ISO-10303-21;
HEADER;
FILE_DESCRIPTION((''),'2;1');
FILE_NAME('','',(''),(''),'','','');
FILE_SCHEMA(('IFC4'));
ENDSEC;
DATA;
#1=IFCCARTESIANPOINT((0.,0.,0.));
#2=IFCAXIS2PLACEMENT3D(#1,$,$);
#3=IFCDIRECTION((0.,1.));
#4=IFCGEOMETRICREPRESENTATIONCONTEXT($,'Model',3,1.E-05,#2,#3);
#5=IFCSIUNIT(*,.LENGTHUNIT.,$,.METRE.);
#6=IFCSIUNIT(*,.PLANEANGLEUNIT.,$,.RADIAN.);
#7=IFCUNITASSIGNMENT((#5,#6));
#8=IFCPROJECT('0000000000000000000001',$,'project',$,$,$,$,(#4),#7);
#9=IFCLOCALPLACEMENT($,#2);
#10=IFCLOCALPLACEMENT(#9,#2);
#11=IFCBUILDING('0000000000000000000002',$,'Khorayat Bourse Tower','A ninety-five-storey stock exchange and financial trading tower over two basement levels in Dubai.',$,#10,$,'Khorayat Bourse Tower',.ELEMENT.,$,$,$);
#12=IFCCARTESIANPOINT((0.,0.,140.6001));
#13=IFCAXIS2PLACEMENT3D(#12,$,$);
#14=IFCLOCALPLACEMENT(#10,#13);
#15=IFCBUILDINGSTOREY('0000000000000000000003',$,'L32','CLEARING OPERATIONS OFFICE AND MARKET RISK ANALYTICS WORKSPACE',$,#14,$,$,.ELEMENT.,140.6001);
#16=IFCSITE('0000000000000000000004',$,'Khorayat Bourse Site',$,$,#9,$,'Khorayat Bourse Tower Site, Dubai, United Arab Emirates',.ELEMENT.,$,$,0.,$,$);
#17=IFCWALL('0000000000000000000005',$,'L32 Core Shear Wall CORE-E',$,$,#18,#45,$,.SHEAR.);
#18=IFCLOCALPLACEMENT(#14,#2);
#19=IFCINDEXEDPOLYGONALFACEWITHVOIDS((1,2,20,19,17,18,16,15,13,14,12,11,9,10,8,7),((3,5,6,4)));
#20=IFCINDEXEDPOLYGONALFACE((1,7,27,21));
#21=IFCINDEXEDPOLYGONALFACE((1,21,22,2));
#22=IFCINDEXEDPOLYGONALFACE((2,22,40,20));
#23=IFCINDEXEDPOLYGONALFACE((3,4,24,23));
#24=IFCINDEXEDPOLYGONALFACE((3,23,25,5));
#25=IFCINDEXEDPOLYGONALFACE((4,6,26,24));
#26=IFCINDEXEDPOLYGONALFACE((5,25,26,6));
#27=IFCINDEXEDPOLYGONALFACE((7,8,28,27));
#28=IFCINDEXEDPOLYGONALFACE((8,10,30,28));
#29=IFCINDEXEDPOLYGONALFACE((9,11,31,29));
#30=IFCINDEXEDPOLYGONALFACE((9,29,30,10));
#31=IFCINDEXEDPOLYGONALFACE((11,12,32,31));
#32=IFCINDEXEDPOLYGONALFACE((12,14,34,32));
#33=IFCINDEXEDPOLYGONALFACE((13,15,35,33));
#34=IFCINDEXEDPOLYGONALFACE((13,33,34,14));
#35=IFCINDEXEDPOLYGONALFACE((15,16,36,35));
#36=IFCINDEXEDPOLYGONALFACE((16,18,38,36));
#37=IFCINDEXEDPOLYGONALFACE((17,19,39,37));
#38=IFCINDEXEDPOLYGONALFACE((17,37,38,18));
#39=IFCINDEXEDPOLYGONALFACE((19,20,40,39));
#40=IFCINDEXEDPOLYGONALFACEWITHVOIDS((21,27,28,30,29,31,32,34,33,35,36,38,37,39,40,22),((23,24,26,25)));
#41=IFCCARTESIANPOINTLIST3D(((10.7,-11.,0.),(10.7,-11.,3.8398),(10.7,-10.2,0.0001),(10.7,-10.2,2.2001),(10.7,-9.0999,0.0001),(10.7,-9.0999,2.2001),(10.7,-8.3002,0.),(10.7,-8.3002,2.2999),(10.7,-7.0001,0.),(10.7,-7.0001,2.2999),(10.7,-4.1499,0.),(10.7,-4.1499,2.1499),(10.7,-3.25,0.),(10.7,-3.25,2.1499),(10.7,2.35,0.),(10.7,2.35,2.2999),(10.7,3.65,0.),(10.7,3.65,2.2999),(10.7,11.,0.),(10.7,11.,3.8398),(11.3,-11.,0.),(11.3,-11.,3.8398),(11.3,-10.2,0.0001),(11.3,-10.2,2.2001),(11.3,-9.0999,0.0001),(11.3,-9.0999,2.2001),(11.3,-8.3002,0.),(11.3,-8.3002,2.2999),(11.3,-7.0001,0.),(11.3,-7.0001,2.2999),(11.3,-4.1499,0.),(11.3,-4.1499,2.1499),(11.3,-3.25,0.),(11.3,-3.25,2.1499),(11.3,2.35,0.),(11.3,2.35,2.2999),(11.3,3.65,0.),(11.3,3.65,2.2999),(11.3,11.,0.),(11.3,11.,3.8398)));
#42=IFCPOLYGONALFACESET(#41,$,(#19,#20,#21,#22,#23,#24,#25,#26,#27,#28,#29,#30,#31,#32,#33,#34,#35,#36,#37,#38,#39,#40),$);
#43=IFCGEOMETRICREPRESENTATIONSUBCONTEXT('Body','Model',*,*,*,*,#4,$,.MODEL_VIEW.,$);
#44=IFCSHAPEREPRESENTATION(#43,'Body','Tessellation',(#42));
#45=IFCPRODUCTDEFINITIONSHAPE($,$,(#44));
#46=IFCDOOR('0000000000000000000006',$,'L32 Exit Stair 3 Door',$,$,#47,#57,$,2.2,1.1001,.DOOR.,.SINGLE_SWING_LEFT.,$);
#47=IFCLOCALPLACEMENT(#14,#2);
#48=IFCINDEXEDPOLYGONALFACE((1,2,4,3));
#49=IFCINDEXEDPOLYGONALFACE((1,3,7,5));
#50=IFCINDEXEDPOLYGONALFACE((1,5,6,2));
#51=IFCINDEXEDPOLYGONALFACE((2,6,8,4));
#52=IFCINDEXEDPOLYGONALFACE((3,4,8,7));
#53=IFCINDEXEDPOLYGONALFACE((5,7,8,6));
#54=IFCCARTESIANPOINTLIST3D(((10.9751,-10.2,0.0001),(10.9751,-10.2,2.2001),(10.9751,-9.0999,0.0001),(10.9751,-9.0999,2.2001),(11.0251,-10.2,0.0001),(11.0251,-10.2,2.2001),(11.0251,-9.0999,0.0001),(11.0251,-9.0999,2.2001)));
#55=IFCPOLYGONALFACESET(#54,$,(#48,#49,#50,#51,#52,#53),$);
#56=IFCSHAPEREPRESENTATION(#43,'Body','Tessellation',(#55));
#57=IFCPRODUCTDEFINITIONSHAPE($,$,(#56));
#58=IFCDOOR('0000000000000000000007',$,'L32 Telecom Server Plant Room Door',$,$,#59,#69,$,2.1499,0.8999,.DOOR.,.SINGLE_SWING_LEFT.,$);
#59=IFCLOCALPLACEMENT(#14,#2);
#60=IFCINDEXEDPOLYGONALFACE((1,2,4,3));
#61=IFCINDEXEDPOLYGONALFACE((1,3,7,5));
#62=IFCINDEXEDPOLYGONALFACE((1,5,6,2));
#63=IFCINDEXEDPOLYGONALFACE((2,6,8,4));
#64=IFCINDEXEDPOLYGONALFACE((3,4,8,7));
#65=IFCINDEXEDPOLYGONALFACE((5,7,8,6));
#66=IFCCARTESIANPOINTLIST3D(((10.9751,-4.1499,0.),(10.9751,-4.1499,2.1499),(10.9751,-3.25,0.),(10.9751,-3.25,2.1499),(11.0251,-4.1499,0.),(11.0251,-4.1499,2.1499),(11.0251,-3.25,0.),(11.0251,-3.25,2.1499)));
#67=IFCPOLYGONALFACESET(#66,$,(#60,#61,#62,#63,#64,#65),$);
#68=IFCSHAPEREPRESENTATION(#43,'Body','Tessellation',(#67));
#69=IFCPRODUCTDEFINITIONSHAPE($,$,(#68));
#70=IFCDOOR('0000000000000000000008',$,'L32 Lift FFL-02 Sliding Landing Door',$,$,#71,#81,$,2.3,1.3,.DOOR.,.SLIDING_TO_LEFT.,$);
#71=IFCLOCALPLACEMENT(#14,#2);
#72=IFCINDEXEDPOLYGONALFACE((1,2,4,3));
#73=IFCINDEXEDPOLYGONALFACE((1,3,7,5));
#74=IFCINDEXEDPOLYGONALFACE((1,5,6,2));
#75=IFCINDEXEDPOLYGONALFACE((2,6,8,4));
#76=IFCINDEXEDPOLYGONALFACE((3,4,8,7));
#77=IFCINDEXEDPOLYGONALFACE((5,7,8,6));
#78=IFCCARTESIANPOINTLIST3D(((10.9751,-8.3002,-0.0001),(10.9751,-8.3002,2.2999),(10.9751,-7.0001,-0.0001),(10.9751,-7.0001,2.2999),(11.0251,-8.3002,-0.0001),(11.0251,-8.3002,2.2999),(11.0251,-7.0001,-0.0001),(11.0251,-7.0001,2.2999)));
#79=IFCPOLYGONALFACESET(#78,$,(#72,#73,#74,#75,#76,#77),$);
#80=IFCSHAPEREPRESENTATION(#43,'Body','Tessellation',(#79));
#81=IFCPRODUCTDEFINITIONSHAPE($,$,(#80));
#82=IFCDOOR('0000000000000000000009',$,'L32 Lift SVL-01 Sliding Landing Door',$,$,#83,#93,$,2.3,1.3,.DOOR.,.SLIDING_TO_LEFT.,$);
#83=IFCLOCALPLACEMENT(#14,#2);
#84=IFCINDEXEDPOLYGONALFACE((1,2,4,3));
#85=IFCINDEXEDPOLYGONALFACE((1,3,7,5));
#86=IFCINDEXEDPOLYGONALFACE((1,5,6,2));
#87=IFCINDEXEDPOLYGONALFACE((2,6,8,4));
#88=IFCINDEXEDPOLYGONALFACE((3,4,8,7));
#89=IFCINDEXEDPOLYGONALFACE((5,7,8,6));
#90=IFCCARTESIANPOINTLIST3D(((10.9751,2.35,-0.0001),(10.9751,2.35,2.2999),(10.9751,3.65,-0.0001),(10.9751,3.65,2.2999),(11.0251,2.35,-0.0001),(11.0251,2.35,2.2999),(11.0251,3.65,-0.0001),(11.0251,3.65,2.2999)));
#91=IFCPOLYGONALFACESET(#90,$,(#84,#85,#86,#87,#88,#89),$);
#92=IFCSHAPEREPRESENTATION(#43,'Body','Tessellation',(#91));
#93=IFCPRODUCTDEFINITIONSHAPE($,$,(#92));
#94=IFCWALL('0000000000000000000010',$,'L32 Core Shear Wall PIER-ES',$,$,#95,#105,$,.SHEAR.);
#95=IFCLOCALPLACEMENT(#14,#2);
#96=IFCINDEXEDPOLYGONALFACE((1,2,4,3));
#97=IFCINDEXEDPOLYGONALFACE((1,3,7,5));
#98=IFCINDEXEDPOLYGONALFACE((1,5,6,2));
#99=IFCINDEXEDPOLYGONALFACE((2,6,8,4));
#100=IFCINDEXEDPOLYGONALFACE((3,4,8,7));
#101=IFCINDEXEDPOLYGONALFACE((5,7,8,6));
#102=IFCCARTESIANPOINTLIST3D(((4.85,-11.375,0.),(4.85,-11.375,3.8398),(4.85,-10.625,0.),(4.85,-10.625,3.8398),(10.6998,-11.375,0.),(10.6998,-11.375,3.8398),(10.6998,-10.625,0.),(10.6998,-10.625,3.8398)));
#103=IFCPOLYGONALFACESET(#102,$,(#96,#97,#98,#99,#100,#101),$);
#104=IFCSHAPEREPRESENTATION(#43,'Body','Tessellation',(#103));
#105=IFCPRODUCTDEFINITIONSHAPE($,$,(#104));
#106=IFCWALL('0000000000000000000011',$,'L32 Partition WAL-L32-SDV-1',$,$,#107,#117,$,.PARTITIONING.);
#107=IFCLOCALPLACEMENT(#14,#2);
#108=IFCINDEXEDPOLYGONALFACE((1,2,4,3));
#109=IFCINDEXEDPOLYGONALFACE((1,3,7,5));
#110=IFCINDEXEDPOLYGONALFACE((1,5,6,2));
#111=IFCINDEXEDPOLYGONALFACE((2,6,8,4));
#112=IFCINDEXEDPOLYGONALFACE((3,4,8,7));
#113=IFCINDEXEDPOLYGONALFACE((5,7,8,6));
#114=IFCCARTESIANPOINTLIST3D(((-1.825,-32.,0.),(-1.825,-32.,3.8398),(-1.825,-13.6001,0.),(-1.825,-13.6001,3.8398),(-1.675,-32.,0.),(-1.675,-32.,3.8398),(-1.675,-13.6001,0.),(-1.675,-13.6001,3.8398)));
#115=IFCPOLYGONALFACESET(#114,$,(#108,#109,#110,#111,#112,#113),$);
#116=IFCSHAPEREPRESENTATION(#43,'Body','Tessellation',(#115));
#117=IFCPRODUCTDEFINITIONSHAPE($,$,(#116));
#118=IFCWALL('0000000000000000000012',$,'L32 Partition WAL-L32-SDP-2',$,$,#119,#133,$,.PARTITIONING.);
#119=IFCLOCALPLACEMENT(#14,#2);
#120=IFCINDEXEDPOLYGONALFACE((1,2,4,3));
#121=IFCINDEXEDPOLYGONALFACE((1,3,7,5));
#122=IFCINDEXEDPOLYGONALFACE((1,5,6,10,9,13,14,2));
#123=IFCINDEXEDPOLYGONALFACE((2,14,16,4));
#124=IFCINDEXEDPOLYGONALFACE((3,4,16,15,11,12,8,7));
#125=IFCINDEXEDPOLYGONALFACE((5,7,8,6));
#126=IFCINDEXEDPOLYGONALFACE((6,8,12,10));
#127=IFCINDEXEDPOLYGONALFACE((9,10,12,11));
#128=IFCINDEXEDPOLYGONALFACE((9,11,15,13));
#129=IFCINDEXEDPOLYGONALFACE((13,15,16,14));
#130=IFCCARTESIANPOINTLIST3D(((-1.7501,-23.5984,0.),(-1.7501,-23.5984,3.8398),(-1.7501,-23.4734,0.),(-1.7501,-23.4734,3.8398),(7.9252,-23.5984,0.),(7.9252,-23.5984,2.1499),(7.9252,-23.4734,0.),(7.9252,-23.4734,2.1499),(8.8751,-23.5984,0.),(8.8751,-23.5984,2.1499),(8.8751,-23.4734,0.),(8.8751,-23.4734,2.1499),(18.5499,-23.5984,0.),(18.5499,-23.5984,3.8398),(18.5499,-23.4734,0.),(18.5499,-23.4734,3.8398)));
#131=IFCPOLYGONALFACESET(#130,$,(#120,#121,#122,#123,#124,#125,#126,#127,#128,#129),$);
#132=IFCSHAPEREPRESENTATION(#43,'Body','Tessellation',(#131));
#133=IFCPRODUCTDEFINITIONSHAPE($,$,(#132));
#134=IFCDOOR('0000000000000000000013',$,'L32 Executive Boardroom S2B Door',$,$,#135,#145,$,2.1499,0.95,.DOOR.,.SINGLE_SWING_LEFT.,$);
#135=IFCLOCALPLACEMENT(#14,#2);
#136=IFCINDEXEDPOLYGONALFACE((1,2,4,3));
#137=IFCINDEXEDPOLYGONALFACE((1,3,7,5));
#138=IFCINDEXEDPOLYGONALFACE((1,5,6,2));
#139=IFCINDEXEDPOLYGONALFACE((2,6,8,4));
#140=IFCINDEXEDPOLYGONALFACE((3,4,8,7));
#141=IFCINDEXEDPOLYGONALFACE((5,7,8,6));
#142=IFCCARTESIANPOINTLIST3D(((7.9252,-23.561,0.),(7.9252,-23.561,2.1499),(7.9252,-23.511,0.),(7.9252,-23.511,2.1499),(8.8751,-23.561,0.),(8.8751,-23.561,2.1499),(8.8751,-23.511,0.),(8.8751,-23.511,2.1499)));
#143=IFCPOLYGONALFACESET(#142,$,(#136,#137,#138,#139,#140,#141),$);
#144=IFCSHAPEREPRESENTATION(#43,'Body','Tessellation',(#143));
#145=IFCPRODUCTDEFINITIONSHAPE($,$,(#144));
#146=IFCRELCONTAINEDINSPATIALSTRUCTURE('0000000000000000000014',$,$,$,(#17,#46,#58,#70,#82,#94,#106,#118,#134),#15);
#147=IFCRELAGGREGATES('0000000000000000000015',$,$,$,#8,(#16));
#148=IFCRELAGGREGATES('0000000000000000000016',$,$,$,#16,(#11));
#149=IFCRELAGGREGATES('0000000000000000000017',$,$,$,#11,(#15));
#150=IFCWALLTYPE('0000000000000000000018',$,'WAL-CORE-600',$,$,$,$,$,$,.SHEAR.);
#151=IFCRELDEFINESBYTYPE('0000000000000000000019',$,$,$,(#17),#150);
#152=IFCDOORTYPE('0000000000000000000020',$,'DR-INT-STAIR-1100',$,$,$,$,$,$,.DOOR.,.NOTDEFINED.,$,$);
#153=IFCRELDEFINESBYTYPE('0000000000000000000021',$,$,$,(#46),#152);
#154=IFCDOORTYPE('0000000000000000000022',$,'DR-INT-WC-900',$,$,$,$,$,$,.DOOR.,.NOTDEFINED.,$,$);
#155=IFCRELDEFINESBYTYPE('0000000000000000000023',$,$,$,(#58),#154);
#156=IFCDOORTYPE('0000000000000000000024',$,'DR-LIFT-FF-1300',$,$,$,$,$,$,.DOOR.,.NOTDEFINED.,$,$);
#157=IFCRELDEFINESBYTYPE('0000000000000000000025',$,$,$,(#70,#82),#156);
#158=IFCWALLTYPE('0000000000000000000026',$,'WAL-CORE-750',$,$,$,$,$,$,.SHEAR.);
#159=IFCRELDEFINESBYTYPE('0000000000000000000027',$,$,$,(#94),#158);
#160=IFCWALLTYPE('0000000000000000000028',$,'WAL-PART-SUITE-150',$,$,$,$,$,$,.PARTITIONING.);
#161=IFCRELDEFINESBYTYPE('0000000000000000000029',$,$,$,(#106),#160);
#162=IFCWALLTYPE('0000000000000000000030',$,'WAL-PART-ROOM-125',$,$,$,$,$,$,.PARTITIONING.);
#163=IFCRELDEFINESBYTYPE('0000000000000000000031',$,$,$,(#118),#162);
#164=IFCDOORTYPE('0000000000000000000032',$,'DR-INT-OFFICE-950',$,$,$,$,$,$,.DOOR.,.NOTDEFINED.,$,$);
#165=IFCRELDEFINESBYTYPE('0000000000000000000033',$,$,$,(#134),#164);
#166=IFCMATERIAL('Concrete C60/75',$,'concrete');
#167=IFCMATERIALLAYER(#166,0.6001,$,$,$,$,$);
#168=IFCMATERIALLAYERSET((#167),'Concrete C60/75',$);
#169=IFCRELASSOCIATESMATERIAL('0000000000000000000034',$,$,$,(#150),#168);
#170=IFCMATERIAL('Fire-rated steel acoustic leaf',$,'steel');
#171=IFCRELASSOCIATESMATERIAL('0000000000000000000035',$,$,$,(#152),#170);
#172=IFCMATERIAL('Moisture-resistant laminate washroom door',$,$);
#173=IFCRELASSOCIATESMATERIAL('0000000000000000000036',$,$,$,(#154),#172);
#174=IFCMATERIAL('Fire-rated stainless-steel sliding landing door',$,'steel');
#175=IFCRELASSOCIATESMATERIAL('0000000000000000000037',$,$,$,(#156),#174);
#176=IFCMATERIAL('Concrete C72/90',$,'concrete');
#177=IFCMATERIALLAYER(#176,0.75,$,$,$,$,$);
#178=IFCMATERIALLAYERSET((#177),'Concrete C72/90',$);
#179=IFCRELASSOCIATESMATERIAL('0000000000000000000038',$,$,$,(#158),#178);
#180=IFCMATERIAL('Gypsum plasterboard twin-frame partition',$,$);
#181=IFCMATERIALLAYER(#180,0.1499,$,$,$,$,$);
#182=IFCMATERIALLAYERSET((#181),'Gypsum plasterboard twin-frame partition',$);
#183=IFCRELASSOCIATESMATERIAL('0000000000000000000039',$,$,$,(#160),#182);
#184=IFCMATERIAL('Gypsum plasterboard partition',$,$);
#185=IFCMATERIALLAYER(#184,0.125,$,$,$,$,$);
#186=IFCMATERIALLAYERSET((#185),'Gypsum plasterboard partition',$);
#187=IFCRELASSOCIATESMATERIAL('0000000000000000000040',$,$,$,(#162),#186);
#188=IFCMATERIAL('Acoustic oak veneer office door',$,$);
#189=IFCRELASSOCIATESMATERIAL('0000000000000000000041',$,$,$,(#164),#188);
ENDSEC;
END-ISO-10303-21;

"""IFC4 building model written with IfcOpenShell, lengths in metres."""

from ifc_helpers import new_model, si_unit, direction, frame, frame_2d, origin, place, context, subcontext, project, spatial, rectangle, extrude, source, transform, mapped, material, layer, layer_set, type_object, element, fill, save


model = new_model("IFC4")

# Units and contexts
model_context = context("Model", 3, precision=1e-05, world=origin(), true_north=direction((0.0, 1.0)))
body_context = subcontext(model_context, "Body", "Model", "MODEL_VIEW")
ifc_project = project(units=[si_unit("LENGTHUNIT", "METRE"), si_unit("PLANEANGLEUNIT", "RADIAN")], contexts=[model_context])

# Site, building, storey
site_placement = place(None, origin())
site = spatial("IfcSite", under=ifc_project, at=site_placement, Name="Khorayat Bourse Site", LongName="Khorayat Bourse Tower Site, Dubai, United Arab Emirates", CompositionType="ELEMENT", RefElevation=0.0)
building_placement = place(site_placement, origin())
building = spatial("IfcBuilding", under=site, at=building_placement, Name="Khorayat Bourse Tower", Description="A ninety-five-storey stock exchange and financial trading tower over two basement levels in Dubai.", LongName="Khorayat Bourse Tower", CompositionType="ELEMENT")
storey_placement = place(building_placement, frame((0.0, 0.0, 140.6001)))
storey = spatial("IfcBuildingStorey", under=building, at=storey_placement, Name="L32", Description="CLEARING OPERATIONS OFFICE AND MARKET RISK ANALYTICS WORKSPACE", CompositionType="ELEMENT", Elevation=140.6001)

# Shared definitions
ifc_material_1 = material(Name="Concrete C72/90", Category="concrete")

# Wall, openings, doors
ifc_material_2 = material(Name="Concrete C60/75", Category="concrete")
ifc_layer_1 = layer(ifc_material_2, 0.6001)
ifc_layer_set_1 = layer_set([ifc_layer_1], Name="Concrete C60/75")
wall_type_1 = type_object("IfcWallType", Name="WAL-CORE-600", PredefinedType="SHEAR", material=ifc_layer_set_1)
shared_shape_1 = source(origin(), body_context, "Body", "SweptSolid", [
    extrude(rectangle(XDim=22.0, YDim=0.6001, at=frame_2d((11.0, 0.0))), origin(), (0.0, 0.0, 1.0), 3.8398),
])
wall_1_placement = place(storey_placement, frame((11.0, -11.0, 0.0), z_axis=(0.0, 0.0, 1.0), x_axis=(0.0, 1.0, 0.0)))
wall_1 = element("IfcWall", 1, at=wall_1_placement, inside=storey, type_object=wall_type_1, Name="L32 Core Shear Wall CORE-E", PredefinedType="SHEAR", context=body_context, shape_type="MappedRepresentation", body=[
    mapped(shared_shape_1, transform((0.0, 0.0, 0.0), scale=1.0)),
])
shared_shape_2 = source(origin(), body_context, "Body", "SweptSolid", [
    extrude(rectangle(XDim=1.1001, YDim=2.2, at=frame_2d((0.55, 1.1001))), frame((0.0, 0.3101, 0.0), z_axis=(0.0, -1.0, 0.0), x_axis=(1.0, 0.0, 0.0)), (0.0, 0.0, 1.0), 0.6201),
])
opening_1_placement = place(wall_1_placement, frame((0.8, 0.0, 0.0)))
opening_1 = element("IfcOpeningElement", 2, at=opening_1_placement, cuts=wall_1, PredefinedType="OPENING", context=body_context, shape_type="MappedRepresentation", body=[
    mapped(shared_shape_2, transform((0.0, 0.0, 0.0), scale=1.0)),
])
shared_shape_3 = source(origin(), body_context, "Body", "SweptSolid", [
    extrude(rectangle(XDim=0.8999, YDim=2.1499, at=frame_2d((0.45, 1.075))), frame((0.0, 0.3101, 0.0), z_axis=(0.0, -1.0, 0.0), x_axis=(1.0, 0.0, 0.0)), (0.0, 0.0, 1.0), 0.6201),
])
opening_2_placement = place(wall_1_placement, frame((6.8501, 0.0, 0.0)))
opening_2 = element("IfcOpeningElement", 3, at=opening_2_placement, cuts=wall_1, PredefinedType="OPENING", context=body_context, shape_type="MappedRepresentation", body=[
    mapped(shared_shape_3, transform((0.0, 0.0, 0.0), scale=1.0)),
])
shared_shape_4 = source(origin(), body_context, "Body", "SweptSolid", [
    extrude(rectangle(XDim=1.3, YDim=2.3, at=frame_2d((0.6499, 1.1499))), frame((0.0, 0.3101, 0.0), z_axis=(0.0, -1.0, 0.0), x_axis=(1.0, 0.0, 0.0)), (0.0, 0.0, 1.0), 0.6201),
])
opening_3_placement = place(wall_1_placement, frame((2.7, 0.0, 0.0)))
opening_3 = element("IfcOpeningElement", 4, at=opening_3_placement, cuts=wall_1, PredefinedType="OPENING", context=body_context, shape_type="MappedRepresentation", body=[
    mapped(shared_shape_4, transform((0.0, 0.0, 0.0), scale=1.0)),
])
opening_4_placement = place(wall_1_placement, frame((13.3501, 0.0, 0.0)))
opening_4 = element("IfcOpeningElement", 5, at=opening_4_placement, cuts=wall_1, PredefinedType="OPENING", context=body_context, shape_type="MappedRepresentation", body=[
    mapped(shared_shape_4, transform((0.0, 0.0, 0.0), scale=1.0)),
])
ifc_material_3 = material(Name="Fire-rated steel acoustic leaf", Category="steel")
door_type_1 = type_object("IfcDoorType", Name="DR-INT-STAIR-1100", OperationType="NOTDEFINED", PredefinedType="DOOR", material=ifc_material_3)
shared_shape_5 = source(origin(), body_context, "Body", "SweptSolid", [
    extrude(rectangle(XDim=1.1001, YDim=2.2, at=frame_2d((0.55, 1.1001))), frame((0.0, 0.0249, 0.0), z_axis=(0.0, -1.0, 0.0), x_axis=(1.0, 0.0, 0.0)), (0.0, 0.0, 1.0), 0.05),
])
door_1_placement = place(opening_1_placement, origin())
door_1 = element("IfcDoor", 6, at=door_1_placement, inside=storey, type_object=door_type_1, Name="L32 Exit Stair 3 Door", OperationType="SINGLE_SWING_LEFT", OverallHeight=2.2, OverallWidth=1.1001, PredefinedType="DOOR", context=body_context, shape_type="MappedRepresentation", body=[
    mapped(shared_shape_5, transform((0.0, 0.0, 0.0), scale=1.0)),
])
fill(opening_1, door_1)
ifc_material_4 = material(Name="Moisture-resistant laminate washroom door")
door_type_2 = type_object("IfcDoorType", Name="DR-INT-WC-900", OperationType="NOTDEFINED", PredefinedType="DOOR", material=ifc_material_4)
shared_shape_6 = source(origin(), body_context, "Body", "SweptSolid", [
    extrude(rectangle(XDim=0.8999, YDim=2.1499, at=frame_2d((0.45, 1.075))), frame((0.0, 0.0249, 0.0), z_axis=(0.0, -1.0, 0.0), x_axis=(1.0, 0.0, 0.0)), (0.0, 0.0, 1.0), 0.05),
])
door_2_placement = place(opening_2_placement, origin())
door_2 = element("IfcDoor", 7, at=door_2_placement, inside=storey, type_object=door_type_2, Name="L32 Telecom Server Plant Room Door", OperationType="SINGLE_SWING_LEFT", OverallHeight=2.1499, OverallWidth=0.8999, PredefinedType="DOOR", context=body_context, shape_type="MappedRepresentation", body=[
    mapped(shared_shape_6, transform((0.0, 0.0, 0.0), scale=1.0)),
])
fill(opening_2, door_2)
ifc_material_5 = material(Name="Fire-rated stainless-steel sliding landing door", Category="steel")
door_type_3 = type_object("IfcDoorType", Name="DR-LIFT-FF-1300", OperationType="NOTDEFINED", PredefinedType="DOOR", material=ifc_material_5)
shared_shape_7 = source(origin(), body_context, "Body", "SweptSolid", [
    extrude(rectangle(XDim=1.3, YDim=2.3, at=frame_2d((0.6499, 1.1499))), frame((0.0, 0.0249, 0.0), z_axis=(0.0, -1.0, 0.0), x_axis=(1.0, 0.0, 0.0)), (0.0, 0.0, 1.0), 0.05),
])
door_3_placement = place(opening_3_placement, origin())
door_3 = element("IfcDoor", 8, at=door_3_placement, inside=storey, type_object=door_type_3, Name="L32 Lift FFL-02 Sliding Landing Door", OperationType="SLIDING_TO_LEFT", OverallHeight=2.3, OverallWidth=1.3, PredefinedType="DOOR", context=body_context, shape_type="MappedRepresentation", body=[
    mapped(shared_shape_7, transform((0.0, 0.0, 0.0), scale=1.0)),
])
fill(opening_3, door_3)
door_4_placement = place(opening_4_placement, origin())
door_4 = element("IfcDoor", 9, at=door_4_placement, inside=storey, type_object=door_type_3, Name="L32 Lift SVL-01 Sliding Landing Door", OperationType="SLIDING_TO_LEFT", OverallHeight=2.3, OverallWidth=1.3, PredefinedType="DOOR", context=body_context, shape_type="MappedRepresentation", body=[
    mapped(shared_shape_7, transform((0.0, 0.0, 0.0), scale=1.0)),
])
fill(opening_4, door_4)

# Walls
ifc_layer_2 = layer(ifc_material_1, 0.75)
ifc_layer_set_2 = layer_set([ifc_layer_2], Name="Concrete C72/90")
wall_type_2 = type_object("IfcWallType", Name="WAL-CORE-750", PredefinedType="SHEAR", material=ifc_layer_set_2)
shared_shape_8 = source(origin(), body_context, "Body", "SweptSolid", [
    extrude(rectangle(XDim=5.8499, YDim=0.75, at=frame_2d((2.9248, 0.0))), origin(), (0.0, 0.0, 1.0), 3.8398),
])
wall_2_placement = place(storey_placement, frame((4.8501, -11.0, 0.0), z_axis=(0.0, 0.0, 1.0), x_axis=(1.0, 0.0, 0.0)))
element("IfcWall", 10, at=wall_2_placement, inside=storey, type_object=wall_type_2, Name="L32 Core Shear Wall PIER-ES", PredefinedType="SHEAR", context=body_context, shape_type="MappedRepresentation", body=[
    mapped(shared_shape_8, transform((0.0, 0.0, 0.0), scale=1.0)),
])
ifc_material_6 = material(Name="Gypsum plasterboard twin-frame partition")
ifc_layer_3 = layer(ifc_material_6, 0.1499)
ifc_layer_set_3 = layer_set([ifc_layer_3], Name="Gypsum plasterboard twin-frame partition")
wall_type_3 = type_object("IfcWallType", Name="WAL-PART-SUITE-150", PredefinedType="PARTITIONING", material=ifc_layer_set_3)
shared_shape_9 = source(origin(), body_context, "Body", "SweptSolid", [
    extrude(rectangle(XDim=18.3999, YDim=0.1499, at=frame_2d((9.2, 0.0))), origin(), (0.0, 0.0, 1.0), 3.8398),
])
wall_3_placement = place(storey_placement, frame((-1.75, -32.0, 0.0), z_axis=(0.0, 0.0, 1.0), x_axis=(0.0, 1.0, 0.0)))
element("IfcWall", 11, at=wall_3_placement, inside=storey, type_object=wall_type_3, Name="L32 Partition WAL-L32-SDV-1", PredefinedType="PARTITIONING", context=body_context, shape_type="MappedRepresentation", body=[
    mapped(shared_shape_9, transform((0.0, 0.0, 0.0), scale=1.0)),
])

# Wall, opening, door
ifc_material_7 = material(Name="Gypsum plasterboard partition")
ifc_layer_4 = layer(ifc_material_7, 0.125)
ifc_layer_set_4 = layer_set([ifc_layer_4], Name="Gypsum plasterboard partition")
wall_type_4 = type_object("IfcWallType", Name="WAL-PART-ROOM-125", PredefinedType="PARTITIONING", material=ifc_layer_set_4)
shared_shape_10 = source(origin(), body_context, "Body", "SweptSolid", [
    extrude(rectangle(XDim=20.3, YDim=0.125, at=frame_2d((10.1499, 0.0))), origin(), (0.0, 0.0, 1.0), 3.8398),
])
wall_4_placement = place(storey_placement, frame((-1.75, -23.5359, 0.0), z_axis=(0.0, 0.0, 1.0), x_axis=(1.0, 0.0, 0.0)))
wall_4 = element("IfcWall", 12, at=wall_4_placement, inside=storey, type_object=wall_type_4, Name="L32 Partition WAL-L32-SDP-2", PredefinedType="PARTITIONING", context=body_context, shape_type="MappedRepresentation", body=[
    mapped(shared_shape_10, transform((0.0, 0.0, 0.0), scale=1.0)),
])
shared_shape_11 = source(origin(), body_context, "Body", "SweptSolid", [
    extrude(rectangle(XDim=0.95, YDim=2.1499, at=frame_2d((0.4751, 1.075))), frame((0.0, 0.0725, 0.0), z_axis=(0.0, -1.0, 0.0), x_axis=(1.0, 0.0, 0.0)), (0.0, 0.0, 1.0), 0.145),
])
opening_5_placement = place(wall_4_placement, frame((9.675, 0.0, 0.0)))
opening_5 = element("IfcOpeningElement", 13, at=opening_5_placement, cuts=wall_4, PredefinedType="OPENING", context=body_context, shape_type="MappedRepresentation", body=[
    mapped(shared_shape_11, transform((0.0, 0.0, 0.0), scale=1.0)),
])
ifc_material_8 = material(Name="Acoustic oak veneer office door")
door_type_4 = type_object("IfcDoorType", Name="DR-INT-OFFICE-950", OperationType="NOTDEFINED", PredefinedType="DOOR", material=ifc_material_8)
shared_shape_12 = source(origin(), body_context, "Body", "SweptSolid", [
    extrude(rectangle(XDim=0.95, YDim=2.1499, at=frame_2d((0.4751, 1.075))), frame((0.0, 0.0249, 0.0), z_axis=(0.0, -1.0, 0.0), x_axis=(1.0, 0.0, 0.0)), (0.0, 0.0, 1.0), 0.05),
])
door_5_placement = place(opening_5_placement, origin())
door_5 = element("IfcDoor", 14, at=door_5_placement, inside=storey, type_object=door_type_4, Name="L32 Executive Boardroom S2B Door", OperationType="SINGLE_SWING_LEFT", OverallHeight=2.1499, OverallWidth=0.95, PredefinedType="DOOR", context=body_context, shape_type="MappedRepresentation", body=[
    mapped(shared_shape_12, transform((0.0, 0.0, 0.0), scale=1.0)),
])
fill(opening_5, door_5)

save(model, "model.ifc")
